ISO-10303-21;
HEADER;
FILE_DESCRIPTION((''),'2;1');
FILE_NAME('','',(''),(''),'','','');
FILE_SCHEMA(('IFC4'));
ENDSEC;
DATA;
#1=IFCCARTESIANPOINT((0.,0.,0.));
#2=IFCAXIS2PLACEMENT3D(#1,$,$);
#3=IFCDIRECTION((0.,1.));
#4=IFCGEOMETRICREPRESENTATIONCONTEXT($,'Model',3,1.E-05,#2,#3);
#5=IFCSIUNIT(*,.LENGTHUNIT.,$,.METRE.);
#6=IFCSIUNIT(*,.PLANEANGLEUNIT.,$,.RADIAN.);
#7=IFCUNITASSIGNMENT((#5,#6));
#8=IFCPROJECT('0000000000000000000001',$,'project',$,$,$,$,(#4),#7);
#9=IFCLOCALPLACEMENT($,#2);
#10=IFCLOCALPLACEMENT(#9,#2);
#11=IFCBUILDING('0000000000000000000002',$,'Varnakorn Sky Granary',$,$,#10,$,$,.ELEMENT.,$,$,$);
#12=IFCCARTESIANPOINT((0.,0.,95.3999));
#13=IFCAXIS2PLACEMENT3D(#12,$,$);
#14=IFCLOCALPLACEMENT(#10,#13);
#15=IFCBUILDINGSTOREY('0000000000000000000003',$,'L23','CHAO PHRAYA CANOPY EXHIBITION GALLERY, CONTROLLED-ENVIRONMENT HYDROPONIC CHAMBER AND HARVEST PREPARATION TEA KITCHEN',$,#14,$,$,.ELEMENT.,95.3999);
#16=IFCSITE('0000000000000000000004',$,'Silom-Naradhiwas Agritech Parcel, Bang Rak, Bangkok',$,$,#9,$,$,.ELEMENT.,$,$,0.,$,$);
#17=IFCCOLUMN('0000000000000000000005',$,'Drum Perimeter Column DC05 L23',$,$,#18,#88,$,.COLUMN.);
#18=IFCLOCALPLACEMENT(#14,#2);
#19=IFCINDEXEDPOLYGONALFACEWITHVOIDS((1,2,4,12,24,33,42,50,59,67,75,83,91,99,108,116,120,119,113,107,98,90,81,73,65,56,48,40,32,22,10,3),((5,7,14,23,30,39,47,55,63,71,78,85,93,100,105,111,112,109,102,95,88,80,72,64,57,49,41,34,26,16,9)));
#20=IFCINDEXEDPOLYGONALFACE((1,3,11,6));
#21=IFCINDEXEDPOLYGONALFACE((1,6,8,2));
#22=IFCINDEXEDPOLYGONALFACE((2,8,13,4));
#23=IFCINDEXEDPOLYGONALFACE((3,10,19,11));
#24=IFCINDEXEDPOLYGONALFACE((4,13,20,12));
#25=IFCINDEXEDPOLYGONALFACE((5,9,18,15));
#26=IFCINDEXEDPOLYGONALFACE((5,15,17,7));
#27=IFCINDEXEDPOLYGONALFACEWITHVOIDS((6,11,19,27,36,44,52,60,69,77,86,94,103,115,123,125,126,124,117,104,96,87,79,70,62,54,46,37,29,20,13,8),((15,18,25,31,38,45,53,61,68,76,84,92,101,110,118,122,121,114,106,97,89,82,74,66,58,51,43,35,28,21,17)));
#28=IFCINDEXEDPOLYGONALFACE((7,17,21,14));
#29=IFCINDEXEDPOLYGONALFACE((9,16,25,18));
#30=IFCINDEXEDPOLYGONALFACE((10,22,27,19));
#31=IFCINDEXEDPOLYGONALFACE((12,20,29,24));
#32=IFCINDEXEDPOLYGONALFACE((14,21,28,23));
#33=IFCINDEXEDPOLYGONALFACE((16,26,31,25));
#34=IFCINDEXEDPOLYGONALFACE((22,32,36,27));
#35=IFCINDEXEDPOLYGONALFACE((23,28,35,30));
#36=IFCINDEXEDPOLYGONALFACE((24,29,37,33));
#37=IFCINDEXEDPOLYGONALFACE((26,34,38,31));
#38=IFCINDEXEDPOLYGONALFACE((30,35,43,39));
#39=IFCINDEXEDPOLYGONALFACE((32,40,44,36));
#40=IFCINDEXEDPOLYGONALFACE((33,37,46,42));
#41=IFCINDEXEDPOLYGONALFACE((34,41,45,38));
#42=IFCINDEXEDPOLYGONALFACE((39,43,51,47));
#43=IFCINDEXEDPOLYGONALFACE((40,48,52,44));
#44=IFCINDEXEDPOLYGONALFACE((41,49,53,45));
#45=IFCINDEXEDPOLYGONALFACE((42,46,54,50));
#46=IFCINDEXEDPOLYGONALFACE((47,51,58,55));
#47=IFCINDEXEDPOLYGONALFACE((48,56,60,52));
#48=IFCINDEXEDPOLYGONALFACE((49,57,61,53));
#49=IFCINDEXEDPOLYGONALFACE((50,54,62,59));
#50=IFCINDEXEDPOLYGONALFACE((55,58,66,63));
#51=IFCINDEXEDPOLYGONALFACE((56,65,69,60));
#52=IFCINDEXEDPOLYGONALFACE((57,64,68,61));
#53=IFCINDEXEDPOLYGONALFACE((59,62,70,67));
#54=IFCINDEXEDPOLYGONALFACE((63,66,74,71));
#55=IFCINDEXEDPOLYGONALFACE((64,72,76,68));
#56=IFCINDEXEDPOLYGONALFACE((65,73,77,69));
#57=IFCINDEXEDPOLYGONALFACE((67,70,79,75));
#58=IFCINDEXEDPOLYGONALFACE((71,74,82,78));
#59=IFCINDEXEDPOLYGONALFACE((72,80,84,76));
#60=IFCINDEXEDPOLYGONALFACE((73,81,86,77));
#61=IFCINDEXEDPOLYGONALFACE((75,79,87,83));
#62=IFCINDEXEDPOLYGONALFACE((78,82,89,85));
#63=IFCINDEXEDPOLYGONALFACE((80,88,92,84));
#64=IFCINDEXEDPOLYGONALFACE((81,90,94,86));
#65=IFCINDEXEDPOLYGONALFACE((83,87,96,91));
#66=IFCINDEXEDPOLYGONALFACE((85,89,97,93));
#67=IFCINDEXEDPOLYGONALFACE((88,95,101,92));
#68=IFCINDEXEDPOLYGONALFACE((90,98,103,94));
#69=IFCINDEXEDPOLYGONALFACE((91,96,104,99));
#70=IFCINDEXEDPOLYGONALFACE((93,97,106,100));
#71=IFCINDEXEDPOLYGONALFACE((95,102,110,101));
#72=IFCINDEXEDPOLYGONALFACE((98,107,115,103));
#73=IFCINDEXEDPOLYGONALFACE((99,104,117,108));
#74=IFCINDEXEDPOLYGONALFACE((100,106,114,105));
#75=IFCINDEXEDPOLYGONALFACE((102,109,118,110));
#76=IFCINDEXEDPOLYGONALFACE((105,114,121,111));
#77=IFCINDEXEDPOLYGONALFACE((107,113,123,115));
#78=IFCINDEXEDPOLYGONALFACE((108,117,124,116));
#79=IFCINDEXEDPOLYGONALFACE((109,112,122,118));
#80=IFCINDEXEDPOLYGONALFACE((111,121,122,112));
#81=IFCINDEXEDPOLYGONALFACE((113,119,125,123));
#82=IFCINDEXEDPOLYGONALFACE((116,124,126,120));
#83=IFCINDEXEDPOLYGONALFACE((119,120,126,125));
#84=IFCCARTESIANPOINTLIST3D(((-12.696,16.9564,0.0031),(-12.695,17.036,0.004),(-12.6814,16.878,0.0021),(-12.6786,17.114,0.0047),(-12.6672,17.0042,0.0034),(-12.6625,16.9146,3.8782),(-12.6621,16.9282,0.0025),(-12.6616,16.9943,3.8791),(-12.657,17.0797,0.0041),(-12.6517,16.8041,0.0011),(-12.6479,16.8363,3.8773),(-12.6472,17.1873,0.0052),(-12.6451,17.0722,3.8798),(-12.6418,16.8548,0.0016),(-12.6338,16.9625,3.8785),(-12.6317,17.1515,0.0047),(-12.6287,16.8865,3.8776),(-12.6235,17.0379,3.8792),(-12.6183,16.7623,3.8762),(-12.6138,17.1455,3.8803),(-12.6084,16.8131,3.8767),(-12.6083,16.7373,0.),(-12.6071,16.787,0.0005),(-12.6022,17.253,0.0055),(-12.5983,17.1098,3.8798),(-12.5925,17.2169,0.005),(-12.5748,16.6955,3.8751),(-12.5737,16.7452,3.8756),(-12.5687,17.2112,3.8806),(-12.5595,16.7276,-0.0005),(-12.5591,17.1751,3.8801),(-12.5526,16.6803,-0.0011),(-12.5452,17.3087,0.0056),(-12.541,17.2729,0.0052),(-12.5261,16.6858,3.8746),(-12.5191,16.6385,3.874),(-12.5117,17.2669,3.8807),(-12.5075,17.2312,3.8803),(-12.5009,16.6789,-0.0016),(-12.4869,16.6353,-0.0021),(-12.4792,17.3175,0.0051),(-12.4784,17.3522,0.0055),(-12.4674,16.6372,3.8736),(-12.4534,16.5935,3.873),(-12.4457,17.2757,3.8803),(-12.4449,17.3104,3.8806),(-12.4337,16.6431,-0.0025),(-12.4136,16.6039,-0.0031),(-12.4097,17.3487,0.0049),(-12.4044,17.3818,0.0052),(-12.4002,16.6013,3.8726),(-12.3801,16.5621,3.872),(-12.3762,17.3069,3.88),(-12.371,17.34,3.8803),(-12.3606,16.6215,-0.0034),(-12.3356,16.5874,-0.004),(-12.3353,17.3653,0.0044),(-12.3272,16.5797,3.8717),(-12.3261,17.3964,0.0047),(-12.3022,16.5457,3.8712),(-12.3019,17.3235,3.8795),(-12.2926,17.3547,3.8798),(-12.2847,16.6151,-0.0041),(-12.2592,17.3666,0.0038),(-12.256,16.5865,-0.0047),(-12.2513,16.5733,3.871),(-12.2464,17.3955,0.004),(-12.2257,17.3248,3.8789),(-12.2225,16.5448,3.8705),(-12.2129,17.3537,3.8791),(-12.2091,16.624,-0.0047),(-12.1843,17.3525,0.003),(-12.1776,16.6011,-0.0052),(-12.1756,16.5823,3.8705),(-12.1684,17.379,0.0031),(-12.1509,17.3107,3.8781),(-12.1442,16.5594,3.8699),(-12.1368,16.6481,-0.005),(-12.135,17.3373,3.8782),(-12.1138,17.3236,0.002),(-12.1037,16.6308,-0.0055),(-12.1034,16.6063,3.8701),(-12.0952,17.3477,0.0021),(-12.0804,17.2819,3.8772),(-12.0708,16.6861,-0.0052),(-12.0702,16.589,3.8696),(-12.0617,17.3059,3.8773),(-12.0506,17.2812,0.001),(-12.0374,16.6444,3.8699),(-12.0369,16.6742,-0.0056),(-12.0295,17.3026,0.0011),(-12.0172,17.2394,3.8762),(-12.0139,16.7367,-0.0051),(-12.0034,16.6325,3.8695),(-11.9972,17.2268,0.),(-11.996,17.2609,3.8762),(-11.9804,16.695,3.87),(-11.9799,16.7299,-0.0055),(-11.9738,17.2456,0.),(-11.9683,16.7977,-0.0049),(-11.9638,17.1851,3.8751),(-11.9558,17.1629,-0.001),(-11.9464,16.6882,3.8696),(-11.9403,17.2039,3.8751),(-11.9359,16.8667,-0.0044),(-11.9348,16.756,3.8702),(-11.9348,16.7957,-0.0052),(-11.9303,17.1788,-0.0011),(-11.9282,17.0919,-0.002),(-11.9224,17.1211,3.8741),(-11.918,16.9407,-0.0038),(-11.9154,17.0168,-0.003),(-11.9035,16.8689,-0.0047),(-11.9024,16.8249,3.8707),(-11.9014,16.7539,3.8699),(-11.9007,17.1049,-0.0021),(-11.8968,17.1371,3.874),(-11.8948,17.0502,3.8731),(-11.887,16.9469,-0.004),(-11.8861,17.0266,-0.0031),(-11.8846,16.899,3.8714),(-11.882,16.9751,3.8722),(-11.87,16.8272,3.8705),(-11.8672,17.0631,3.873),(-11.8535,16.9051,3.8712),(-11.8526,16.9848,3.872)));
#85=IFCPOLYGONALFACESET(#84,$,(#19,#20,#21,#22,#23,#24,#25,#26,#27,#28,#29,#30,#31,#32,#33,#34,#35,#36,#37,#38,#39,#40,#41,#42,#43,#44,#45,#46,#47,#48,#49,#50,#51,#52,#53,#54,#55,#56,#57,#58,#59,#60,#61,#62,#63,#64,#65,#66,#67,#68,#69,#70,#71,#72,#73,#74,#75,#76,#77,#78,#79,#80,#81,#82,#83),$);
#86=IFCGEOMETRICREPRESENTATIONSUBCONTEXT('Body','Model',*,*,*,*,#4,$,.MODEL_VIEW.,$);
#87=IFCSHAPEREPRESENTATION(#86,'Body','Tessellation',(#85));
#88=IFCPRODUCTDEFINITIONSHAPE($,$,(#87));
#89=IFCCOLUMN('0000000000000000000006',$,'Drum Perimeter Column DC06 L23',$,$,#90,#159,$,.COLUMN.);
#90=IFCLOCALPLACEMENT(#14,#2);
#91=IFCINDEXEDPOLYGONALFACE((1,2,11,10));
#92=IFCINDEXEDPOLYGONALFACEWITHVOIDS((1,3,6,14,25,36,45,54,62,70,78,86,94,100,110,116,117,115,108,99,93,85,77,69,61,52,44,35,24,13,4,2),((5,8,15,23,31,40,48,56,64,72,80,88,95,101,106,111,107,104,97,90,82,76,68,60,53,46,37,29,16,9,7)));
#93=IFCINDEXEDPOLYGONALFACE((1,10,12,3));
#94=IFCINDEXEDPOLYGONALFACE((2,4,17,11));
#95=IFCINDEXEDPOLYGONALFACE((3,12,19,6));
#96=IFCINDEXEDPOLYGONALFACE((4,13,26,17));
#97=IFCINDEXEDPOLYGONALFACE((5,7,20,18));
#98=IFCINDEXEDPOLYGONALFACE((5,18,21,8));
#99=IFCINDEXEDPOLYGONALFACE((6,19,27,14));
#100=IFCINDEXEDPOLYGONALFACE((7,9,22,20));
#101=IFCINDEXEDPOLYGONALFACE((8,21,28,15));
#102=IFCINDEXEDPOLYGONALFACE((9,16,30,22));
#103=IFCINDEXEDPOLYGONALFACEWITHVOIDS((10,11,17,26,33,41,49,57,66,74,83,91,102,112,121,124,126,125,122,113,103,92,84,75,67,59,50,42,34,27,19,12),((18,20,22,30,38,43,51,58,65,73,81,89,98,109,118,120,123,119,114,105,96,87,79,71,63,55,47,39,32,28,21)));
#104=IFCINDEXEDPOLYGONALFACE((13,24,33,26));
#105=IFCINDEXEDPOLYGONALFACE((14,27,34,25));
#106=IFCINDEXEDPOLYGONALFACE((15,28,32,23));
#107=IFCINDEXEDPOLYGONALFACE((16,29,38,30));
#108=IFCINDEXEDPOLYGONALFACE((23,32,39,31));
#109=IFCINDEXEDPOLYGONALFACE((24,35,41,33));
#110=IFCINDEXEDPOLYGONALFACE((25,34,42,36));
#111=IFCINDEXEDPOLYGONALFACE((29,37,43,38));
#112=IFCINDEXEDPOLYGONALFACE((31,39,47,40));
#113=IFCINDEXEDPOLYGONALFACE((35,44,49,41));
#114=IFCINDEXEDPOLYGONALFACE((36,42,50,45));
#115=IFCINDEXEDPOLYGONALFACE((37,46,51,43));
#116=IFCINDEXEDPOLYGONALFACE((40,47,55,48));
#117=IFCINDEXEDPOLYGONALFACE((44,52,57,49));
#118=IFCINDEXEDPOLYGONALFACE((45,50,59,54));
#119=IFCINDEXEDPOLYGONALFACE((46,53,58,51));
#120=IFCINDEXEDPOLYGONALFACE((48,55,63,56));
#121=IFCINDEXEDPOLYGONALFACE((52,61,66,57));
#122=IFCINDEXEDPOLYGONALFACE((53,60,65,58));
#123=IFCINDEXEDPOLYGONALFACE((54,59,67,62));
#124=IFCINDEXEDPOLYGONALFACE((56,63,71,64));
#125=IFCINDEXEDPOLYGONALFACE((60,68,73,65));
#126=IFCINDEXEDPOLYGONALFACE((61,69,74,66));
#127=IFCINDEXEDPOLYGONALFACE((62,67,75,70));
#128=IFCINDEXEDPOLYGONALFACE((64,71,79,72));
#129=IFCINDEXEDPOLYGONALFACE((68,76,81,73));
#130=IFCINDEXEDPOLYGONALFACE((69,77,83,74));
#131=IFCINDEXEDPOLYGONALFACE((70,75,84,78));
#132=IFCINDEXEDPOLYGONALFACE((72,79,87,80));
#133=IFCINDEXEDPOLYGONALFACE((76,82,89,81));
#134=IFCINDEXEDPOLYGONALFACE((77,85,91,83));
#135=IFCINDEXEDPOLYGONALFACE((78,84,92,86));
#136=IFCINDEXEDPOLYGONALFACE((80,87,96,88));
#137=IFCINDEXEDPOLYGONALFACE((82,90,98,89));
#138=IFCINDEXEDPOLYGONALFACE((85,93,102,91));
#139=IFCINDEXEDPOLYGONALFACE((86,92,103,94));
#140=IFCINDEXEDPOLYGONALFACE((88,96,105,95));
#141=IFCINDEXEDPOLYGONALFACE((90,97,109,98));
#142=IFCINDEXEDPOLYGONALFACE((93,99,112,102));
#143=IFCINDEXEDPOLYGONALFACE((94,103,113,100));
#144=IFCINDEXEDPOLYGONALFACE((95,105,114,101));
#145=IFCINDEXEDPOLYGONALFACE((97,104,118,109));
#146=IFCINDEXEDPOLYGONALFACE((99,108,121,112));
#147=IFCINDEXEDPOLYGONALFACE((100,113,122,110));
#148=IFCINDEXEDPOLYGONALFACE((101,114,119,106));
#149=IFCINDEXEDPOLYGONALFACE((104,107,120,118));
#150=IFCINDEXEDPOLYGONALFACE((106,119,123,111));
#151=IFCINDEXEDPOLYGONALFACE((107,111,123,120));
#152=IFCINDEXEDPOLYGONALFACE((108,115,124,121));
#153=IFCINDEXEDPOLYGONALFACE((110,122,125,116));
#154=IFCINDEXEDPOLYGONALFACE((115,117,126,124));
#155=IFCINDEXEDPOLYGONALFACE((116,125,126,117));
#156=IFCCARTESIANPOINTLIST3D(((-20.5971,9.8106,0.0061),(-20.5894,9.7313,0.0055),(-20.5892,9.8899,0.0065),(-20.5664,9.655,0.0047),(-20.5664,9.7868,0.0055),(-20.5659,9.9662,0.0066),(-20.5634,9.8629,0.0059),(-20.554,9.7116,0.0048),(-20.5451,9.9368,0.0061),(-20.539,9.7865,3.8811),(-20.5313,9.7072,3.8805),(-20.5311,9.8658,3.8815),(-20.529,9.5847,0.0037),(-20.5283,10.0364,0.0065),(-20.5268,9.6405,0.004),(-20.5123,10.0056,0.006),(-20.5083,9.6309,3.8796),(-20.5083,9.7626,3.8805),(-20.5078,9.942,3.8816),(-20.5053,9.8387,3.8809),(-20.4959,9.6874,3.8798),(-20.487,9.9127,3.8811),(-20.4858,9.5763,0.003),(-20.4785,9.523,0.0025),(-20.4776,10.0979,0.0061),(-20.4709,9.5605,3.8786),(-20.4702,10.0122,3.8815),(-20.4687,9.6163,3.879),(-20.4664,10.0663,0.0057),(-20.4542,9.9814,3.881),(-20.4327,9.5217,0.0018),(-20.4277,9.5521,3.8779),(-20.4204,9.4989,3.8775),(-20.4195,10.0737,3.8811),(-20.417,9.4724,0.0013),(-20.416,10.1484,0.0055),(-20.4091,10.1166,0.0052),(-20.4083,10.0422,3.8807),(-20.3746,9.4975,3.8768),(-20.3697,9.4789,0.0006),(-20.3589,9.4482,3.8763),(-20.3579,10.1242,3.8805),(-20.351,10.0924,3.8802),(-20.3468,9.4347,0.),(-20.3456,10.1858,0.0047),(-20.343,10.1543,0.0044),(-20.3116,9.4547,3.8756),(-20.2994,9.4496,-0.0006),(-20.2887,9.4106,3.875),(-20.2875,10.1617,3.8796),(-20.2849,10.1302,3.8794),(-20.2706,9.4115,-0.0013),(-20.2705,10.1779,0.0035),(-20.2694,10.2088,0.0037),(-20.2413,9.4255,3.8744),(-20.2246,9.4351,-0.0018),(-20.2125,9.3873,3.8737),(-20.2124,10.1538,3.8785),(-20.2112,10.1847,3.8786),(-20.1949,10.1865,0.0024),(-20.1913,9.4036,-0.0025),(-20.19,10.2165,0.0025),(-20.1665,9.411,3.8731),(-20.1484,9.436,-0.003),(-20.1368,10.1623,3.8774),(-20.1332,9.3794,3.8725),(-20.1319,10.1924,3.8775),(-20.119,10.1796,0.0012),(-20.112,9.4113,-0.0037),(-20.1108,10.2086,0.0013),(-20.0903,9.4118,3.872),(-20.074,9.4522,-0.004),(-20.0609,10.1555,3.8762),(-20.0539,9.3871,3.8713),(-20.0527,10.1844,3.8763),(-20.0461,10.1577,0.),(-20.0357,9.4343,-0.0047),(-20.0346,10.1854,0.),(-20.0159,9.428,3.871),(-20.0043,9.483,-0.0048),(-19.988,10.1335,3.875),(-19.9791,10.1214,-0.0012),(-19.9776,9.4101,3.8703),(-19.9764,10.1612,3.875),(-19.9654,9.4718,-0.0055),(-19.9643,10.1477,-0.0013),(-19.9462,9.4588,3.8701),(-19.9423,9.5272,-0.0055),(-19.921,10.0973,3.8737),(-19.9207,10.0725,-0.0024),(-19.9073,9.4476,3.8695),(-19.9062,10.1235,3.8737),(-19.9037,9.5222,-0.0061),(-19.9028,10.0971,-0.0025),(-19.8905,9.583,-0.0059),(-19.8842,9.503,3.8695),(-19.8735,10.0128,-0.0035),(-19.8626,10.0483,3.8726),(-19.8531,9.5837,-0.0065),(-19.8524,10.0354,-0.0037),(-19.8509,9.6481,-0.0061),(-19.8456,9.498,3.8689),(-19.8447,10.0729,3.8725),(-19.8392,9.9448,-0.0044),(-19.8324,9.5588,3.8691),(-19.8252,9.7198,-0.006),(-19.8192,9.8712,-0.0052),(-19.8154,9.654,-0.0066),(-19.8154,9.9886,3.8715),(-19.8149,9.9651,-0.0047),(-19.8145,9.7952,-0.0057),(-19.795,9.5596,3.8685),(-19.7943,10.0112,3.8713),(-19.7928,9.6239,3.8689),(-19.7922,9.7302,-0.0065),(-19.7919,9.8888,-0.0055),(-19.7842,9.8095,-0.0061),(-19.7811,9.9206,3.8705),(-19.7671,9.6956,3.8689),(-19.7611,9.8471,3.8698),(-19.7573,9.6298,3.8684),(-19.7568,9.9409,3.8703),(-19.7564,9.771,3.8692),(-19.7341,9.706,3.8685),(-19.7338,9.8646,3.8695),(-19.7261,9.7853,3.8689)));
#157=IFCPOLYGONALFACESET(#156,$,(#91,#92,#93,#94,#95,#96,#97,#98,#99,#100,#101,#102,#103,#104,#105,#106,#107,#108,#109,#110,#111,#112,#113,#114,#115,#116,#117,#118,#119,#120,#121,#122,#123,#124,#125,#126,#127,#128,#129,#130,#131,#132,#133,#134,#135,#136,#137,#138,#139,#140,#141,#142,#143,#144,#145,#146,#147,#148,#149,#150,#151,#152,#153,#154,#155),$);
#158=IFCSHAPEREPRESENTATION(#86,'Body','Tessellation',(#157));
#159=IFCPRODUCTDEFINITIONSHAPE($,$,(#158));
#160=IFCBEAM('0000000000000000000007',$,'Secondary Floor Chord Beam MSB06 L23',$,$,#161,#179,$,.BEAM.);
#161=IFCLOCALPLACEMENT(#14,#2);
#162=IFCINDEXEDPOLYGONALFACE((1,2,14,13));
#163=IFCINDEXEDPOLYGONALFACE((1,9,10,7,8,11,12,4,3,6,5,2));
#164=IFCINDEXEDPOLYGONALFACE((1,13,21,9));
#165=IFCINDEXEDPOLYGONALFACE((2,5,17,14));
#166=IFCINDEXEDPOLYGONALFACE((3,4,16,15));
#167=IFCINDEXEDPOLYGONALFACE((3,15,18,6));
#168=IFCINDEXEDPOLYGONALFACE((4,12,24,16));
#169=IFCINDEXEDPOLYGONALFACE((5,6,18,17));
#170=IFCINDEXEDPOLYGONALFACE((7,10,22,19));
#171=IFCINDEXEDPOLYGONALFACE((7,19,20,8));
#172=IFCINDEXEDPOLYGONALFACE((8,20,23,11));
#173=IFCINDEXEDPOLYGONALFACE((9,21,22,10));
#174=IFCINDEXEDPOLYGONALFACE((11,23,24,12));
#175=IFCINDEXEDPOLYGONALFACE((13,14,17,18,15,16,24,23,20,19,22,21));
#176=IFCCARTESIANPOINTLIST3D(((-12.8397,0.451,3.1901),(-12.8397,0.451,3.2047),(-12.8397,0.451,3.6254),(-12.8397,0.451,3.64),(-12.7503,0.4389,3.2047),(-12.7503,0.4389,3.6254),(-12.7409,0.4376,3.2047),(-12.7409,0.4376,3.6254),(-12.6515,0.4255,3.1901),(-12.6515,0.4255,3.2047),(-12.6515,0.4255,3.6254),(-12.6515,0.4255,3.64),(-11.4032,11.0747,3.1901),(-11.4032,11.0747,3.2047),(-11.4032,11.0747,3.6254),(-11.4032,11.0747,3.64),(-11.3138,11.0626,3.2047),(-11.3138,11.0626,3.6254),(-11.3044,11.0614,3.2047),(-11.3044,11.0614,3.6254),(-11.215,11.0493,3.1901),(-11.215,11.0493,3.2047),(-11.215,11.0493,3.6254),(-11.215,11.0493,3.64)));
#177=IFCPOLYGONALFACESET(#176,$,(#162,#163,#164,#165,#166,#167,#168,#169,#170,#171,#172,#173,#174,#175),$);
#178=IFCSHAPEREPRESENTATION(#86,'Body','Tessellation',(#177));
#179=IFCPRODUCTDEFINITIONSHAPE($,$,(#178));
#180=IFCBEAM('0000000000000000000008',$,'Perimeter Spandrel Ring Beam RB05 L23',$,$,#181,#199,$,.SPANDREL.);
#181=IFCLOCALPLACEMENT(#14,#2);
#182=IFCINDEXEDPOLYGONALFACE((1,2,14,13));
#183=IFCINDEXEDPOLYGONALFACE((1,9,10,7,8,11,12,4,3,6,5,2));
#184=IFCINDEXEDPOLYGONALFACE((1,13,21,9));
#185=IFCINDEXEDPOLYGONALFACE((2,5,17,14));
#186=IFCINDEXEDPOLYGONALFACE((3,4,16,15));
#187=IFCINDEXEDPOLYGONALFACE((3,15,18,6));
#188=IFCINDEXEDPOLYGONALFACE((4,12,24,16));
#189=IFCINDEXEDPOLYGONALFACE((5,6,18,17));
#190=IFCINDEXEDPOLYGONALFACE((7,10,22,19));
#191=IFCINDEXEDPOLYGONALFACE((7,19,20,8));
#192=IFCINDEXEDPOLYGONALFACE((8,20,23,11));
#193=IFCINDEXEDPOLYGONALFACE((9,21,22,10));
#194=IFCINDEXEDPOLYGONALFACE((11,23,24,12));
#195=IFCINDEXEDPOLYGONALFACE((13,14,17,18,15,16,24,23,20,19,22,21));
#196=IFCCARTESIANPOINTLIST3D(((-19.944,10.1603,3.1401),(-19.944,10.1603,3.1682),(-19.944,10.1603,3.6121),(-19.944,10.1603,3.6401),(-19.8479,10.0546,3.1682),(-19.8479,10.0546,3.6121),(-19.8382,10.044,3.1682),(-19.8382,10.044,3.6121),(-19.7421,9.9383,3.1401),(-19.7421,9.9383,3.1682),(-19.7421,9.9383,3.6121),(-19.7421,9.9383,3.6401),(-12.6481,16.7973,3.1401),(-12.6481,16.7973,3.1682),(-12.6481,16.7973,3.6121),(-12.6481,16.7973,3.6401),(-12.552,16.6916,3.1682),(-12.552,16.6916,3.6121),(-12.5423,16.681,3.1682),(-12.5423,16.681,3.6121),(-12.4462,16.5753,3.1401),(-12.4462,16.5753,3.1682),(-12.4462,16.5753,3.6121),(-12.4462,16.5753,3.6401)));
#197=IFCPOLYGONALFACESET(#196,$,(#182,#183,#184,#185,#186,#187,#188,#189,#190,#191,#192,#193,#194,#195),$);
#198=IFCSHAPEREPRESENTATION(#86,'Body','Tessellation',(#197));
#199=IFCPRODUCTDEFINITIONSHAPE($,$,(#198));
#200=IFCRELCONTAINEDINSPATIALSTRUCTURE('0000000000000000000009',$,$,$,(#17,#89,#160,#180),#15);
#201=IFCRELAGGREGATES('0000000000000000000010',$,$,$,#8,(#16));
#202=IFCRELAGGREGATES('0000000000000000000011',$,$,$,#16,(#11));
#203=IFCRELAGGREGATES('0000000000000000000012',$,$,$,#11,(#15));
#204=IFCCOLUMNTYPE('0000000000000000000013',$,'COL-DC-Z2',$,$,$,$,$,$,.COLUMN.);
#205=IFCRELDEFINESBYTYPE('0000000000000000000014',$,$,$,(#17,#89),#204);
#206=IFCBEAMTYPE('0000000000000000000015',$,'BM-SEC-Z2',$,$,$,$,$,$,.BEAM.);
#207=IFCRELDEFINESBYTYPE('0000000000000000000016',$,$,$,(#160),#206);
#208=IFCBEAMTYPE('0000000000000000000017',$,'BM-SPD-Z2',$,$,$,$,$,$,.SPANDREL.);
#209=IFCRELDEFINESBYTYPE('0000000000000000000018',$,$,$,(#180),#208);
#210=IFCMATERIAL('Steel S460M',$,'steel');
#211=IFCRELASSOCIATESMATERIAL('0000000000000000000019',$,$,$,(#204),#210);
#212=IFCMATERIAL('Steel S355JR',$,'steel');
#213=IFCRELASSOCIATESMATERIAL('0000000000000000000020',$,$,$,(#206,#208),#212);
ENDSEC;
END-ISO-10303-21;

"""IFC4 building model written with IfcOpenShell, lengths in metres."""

from ifc_helpers import new_model, si_unit, direction, frame, origin, origin_2d, place, context, subcontext, project, spatial, hollow_circle, i_section, extrude, material, material_profile, profile_set, type_object, element, save


model = new_model("IFC4")

# Units and contexts
model_context = context("Model", 3, precision=1e-05, world=origin(), true_north=direction((0.0, 1.0)))
body_context = subcontext(model_context, "Body", "Model", "MODEL_VIEW")
ifc_project = project(units=[si_unit("LENGTHUNIT", "METRE"), si_unit("PLANEANGLEUNIT", "RADIAN")], contexts=[model_context])

# Site, building, storey
site_placement = place(None, origin())
site = spatial("IfcSite", under=ifc_project, at=site_placement, Name="Silom-Naradhiwas Agritech Parcel, Bang Rak, Bangkok", CompositionType="ELEMENT", RefElevation=0.0)
building_placement = place(site_placement, origin())
building = spatial("IfcBuilding", under=site, at=building_placement, Name="Varnakorn Sky Granary", CompositionType="ELEMENT")
storey_placement = place(building_placement, frame((0.0, 0.0, 95.3999)))
storey = spatial("IfcBuildingStorey", under=building, at=storey_placement, Name="L23", Description="CHAO PHRAYA CANOPY EXHIBITION GALLERY, CONTROLLED-ENVIRONMENT HYDROPONIC CHAMBER AND HARVEST PREPARATION TEA KITCHEN", CompositionType="ELEMENT", Elevation=95.3999)

# Columns
ifc_material_1 = material(Name="Steel S460M", Category="steel")
ifc_material_profile_1 = material_profile(ifc_material_1, hollow_circle(Radius=0.4065, WallThickness=0.03, at=origin_2d()), Name="CHS 813x30")
ifc_profile_set_1 = profile_set([ifc_material_profile_1], Name="Steel S460M")
column_type = type_object("IfcColumnType", Name="COL-DC-Z2", PredefinedType="COLUMN", material=ifc_profile_set_1)
for number, where, z_axis, x_axis, name in (
    (1, (-12.291, 16.9915, 0.0), (0.008631, -0.010773, 0.999905), (0.780423, 0.625251, 0.0), "Drum Perimeter Column DC05 L23"),
    (2, (-20.1907, 9.8101, 0.0), (0.014993, -0.006237, 0.999868), (0.384064, 0.923306, 0.0), "Drum Perimeter Column DC06 L23"),
):
    element("IfcColumn", number, at=place(storey_placement, frame(where, z_axis=z_axis, x_axis=x_axis)), inside=storey, type_object=column_type, Name=name, PredefinedType="COLUMN", context=body_context, shape_type="SweptSolid", body=[
        extrude(hollow_circle(Radius=0.4065, WallThickness=0.03, at=origin_2d()), origin(), (0.0, 0.0, 1.0), 3.8755),
    ])

# Beams
ifc_material_2 = material(Name="Steel S355JR", Category="steel")
ifc_material_profile_2 = material_profile(ifc_material_2, i_section(OverallWidth=0.1899, OverallDepth=0.45, WebThickness=0.0095, FlangeThickness=0.0146, at=origin_2d()), Name="IPE 450")
ifc_profile_set_2 = profile_set([ifc_material_profile_2], Name="Steel S355JR")
beam_type_1 = type_object("IfcBeamType", Name="BM-SEC-Z2", PredefinedType="BEAM", material=ifc_profile_set_2)
beam_1_placement = place(storey_placement, frame((-11.3091, 11.062, 3.415), z_axis=(-0.133998, -0.990982, 0.0), x_axis=(0.990982, -0.133998, 0.0)))
element("IfcBeam", 3, at=beam_1_placement, inside=storey, type_object=beam_type_1, Name="Secondary Floor Chord Beam MSB06 L23", PredefinedType="BEAM", context=body_context, shape_type="SweptSolid", body=[
    extrude(i_section(OverallWidth=0.1899, OverallDepth=0.45, WebThickness=0.0095, FlangeThickness=0.0146, at=origin_2d()), origin(), (0.0, 0.0, 1.0), 10.7205),
])
ifc_material_profile_3 = material_profile(ifc_material_2, i_section(OverallWidth=0.3, OverallDepth=0.5, WebThickness=0.0144, FlangeThickness=0.0281, at=origin_2d()), Name="HE 500 B")
ifc_profile_set_3 = profile_set([ifc_material_profile_3], Name="Steel S355JR")
beam_type_2 = type_object("IfcBeamType", Name="BM-SPD-Z2", PredefinedType="SPANDREL", material=ifc_profile_set_3)
beam_2_placement = place(storey_placement, frame((-12.5471, 16.6863, 3.3901), z_axis=(-0.739722, -0.672913, 0.0), x_axis=(0.672913, -0.739722, 0.0)))
element("IfcBeam", 4, at=beam_2_placement, inside=storey, type_object=beam_type_2, Name="Perimeter Spandrel Ring Beam RB05 L23", PredefinedType="SPANDREL", context=body_context, shape_type="SweptSolid", body=[
    extrude(i_section(OverallWidth=0.3, OverallDepth=0.5, WebThickness=0.0144, FlangeThickness=0.0281, at=origin_2d()), origin(), (0.0, 0.0, 1.0), 9.863),
])

save(model, "model.ifc")
